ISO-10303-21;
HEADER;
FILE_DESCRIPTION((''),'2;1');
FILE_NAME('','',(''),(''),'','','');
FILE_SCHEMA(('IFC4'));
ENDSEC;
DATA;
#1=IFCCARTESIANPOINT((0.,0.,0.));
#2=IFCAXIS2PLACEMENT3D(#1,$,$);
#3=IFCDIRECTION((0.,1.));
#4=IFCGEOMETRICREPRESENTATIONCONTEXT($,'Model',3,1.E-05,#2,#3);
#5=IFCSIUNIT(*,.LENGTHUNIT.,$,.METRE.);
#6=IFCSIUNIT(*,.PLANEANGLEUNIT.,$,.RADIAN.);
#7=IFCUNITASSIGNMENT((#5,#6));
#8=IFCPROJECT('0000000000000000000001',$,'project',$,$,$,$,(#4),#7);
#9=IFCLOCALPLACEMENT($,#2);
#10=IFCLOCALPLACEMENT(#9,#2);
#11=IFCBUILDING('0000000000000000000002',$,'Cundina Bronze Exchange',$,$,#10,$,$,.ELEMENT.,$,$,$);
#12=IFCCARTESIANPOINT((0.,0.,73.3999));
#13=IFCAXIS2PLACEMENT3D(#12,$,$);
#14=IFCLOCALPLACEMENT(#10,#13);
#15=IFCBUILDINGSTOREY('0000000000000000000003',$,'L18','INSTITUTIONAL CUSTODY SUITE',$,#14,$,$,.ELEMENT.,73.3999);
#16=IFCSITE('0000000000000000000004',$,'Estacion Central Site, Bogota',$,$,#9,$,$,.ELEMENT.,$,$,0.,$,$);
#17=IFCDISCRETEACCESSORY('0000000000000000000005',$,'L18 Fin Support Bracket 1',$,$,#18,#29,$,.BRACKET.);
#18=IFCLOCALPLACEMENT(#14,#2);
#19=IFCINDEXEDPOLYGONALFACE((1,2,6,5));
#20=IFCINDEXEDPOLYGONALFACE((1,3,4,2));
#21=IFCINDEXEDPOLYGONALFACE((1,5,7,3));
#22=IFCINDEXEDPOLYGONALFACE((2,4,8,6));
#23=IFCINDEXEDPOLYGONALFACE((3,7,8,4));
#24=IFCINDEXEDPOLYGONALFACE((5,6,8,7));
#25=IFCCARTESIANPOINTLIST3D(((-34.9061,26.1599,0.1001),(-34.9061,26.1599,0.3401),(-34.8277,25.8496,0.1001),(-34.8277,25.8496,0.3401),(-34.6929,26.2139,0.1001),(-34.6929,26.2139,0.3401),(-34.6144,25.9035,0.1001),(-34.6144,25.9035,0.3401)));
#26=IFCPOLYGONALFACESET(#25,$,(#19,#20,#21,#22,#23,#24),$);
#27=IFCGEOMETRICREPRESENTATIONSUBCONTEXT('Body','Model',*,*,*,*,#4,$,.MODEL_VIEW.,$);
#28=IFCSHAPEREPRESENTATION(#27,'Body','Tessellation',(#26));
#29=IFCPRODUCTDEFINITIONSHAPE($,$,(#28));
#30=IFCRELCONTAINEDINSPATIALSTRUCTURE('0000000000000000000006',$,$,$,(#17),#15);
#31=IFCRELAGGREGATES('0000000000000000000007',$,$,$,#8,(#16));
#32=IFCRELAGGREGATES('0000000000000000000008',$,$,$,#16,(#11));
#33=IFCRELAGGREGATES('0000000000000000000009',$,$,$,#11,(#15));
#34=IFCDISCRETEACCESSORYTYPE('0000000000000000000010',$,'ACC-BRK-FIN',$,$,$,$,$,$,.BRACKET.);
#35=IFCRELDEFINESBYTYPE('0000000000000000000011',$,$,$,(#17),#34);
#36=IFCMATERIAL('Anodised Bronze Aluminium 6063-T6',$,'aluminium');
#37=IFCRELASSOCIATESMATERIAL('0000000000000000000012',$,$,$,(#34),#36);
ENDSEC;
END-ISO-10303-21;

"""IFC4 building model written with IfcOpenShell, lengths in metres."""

from ifc_helpers import new_model, si_unit, direction, frame, origin, origin_2d, place, context, subcontext, project, spatial, rectangle, extrude, material, type_object, element, save


model = new_model("IFC4")

# Units and contexts
model_context = context("Model", 3, precision=1e-05, world=origin(), true_north=direction((0.0, 1.0)))
body_context = subcontext(model_context, "Body", "Model", "MODEL_VIEW")
ifc_project = project(units=[si_unit("LENGTHUNIT", "METRE"), si_unit("PLANEANGLEUNIT", "RADIAN")], contexts=[model_context])

# Site, building, storey
site_placement = place(None, origin())
site = spatial("IfcSite", under=ifc_project, at=site_placement, Name="Estacion Central Site, Bogota", CompositionType="ELEMENT", RefElevation=0.0)
building_placement = place(site_placement, origin())
building = spatial("IfcBuilding", under=site, at=building_placement, Name="Cundina Bronze Exchange", CompositionType="ELEMENT")
storey_placement = place(building_placement, frame((0.0, 0.0, 73.3999)))
storey = spatial("IfcBuildingStorey", under=building, at=storey_placement, Name="L18", Description="INSTITUTIONAL CUSTODY SUITE", CompositionType="ELEMENT", Elevation=73.3999)

# Shared definitions
ifc_material_1 = material(Name="Anodised Bronze Aluminium 6063-T6", Category="aluminium")

# Discrete accessory
discrete_accessory_type = type_object("IfcDiscreteAccessoryType", Name="ACC-BRK-FIN", PredefinedType="BRACKET", material=ifc_material_1)
discrete_accessory_placement = place(storey_placement, frame((-34.7603, 26.0317, 0.1001), z_axis=(0.0, 0.0, 1.0), x_axis=(-0.969488, -0.245138, 0.0)))
element("IfcDiscreteAccessory", 1, at=discrete_accessory_placement, inside=storey, type_object=discrete_accessory_type, Name="L18 Fin Support Bracket 1", PredefinedType="BRACKET", context=body_context, shape_type="SweptSolid", body=[
    extrude(rectangle(XDim=0.22, YDim=0.3201, at=origin_2d()), origin(), (0.0, 0.0, 1.0), 0.24),
])

save(model, "model.ifc")
